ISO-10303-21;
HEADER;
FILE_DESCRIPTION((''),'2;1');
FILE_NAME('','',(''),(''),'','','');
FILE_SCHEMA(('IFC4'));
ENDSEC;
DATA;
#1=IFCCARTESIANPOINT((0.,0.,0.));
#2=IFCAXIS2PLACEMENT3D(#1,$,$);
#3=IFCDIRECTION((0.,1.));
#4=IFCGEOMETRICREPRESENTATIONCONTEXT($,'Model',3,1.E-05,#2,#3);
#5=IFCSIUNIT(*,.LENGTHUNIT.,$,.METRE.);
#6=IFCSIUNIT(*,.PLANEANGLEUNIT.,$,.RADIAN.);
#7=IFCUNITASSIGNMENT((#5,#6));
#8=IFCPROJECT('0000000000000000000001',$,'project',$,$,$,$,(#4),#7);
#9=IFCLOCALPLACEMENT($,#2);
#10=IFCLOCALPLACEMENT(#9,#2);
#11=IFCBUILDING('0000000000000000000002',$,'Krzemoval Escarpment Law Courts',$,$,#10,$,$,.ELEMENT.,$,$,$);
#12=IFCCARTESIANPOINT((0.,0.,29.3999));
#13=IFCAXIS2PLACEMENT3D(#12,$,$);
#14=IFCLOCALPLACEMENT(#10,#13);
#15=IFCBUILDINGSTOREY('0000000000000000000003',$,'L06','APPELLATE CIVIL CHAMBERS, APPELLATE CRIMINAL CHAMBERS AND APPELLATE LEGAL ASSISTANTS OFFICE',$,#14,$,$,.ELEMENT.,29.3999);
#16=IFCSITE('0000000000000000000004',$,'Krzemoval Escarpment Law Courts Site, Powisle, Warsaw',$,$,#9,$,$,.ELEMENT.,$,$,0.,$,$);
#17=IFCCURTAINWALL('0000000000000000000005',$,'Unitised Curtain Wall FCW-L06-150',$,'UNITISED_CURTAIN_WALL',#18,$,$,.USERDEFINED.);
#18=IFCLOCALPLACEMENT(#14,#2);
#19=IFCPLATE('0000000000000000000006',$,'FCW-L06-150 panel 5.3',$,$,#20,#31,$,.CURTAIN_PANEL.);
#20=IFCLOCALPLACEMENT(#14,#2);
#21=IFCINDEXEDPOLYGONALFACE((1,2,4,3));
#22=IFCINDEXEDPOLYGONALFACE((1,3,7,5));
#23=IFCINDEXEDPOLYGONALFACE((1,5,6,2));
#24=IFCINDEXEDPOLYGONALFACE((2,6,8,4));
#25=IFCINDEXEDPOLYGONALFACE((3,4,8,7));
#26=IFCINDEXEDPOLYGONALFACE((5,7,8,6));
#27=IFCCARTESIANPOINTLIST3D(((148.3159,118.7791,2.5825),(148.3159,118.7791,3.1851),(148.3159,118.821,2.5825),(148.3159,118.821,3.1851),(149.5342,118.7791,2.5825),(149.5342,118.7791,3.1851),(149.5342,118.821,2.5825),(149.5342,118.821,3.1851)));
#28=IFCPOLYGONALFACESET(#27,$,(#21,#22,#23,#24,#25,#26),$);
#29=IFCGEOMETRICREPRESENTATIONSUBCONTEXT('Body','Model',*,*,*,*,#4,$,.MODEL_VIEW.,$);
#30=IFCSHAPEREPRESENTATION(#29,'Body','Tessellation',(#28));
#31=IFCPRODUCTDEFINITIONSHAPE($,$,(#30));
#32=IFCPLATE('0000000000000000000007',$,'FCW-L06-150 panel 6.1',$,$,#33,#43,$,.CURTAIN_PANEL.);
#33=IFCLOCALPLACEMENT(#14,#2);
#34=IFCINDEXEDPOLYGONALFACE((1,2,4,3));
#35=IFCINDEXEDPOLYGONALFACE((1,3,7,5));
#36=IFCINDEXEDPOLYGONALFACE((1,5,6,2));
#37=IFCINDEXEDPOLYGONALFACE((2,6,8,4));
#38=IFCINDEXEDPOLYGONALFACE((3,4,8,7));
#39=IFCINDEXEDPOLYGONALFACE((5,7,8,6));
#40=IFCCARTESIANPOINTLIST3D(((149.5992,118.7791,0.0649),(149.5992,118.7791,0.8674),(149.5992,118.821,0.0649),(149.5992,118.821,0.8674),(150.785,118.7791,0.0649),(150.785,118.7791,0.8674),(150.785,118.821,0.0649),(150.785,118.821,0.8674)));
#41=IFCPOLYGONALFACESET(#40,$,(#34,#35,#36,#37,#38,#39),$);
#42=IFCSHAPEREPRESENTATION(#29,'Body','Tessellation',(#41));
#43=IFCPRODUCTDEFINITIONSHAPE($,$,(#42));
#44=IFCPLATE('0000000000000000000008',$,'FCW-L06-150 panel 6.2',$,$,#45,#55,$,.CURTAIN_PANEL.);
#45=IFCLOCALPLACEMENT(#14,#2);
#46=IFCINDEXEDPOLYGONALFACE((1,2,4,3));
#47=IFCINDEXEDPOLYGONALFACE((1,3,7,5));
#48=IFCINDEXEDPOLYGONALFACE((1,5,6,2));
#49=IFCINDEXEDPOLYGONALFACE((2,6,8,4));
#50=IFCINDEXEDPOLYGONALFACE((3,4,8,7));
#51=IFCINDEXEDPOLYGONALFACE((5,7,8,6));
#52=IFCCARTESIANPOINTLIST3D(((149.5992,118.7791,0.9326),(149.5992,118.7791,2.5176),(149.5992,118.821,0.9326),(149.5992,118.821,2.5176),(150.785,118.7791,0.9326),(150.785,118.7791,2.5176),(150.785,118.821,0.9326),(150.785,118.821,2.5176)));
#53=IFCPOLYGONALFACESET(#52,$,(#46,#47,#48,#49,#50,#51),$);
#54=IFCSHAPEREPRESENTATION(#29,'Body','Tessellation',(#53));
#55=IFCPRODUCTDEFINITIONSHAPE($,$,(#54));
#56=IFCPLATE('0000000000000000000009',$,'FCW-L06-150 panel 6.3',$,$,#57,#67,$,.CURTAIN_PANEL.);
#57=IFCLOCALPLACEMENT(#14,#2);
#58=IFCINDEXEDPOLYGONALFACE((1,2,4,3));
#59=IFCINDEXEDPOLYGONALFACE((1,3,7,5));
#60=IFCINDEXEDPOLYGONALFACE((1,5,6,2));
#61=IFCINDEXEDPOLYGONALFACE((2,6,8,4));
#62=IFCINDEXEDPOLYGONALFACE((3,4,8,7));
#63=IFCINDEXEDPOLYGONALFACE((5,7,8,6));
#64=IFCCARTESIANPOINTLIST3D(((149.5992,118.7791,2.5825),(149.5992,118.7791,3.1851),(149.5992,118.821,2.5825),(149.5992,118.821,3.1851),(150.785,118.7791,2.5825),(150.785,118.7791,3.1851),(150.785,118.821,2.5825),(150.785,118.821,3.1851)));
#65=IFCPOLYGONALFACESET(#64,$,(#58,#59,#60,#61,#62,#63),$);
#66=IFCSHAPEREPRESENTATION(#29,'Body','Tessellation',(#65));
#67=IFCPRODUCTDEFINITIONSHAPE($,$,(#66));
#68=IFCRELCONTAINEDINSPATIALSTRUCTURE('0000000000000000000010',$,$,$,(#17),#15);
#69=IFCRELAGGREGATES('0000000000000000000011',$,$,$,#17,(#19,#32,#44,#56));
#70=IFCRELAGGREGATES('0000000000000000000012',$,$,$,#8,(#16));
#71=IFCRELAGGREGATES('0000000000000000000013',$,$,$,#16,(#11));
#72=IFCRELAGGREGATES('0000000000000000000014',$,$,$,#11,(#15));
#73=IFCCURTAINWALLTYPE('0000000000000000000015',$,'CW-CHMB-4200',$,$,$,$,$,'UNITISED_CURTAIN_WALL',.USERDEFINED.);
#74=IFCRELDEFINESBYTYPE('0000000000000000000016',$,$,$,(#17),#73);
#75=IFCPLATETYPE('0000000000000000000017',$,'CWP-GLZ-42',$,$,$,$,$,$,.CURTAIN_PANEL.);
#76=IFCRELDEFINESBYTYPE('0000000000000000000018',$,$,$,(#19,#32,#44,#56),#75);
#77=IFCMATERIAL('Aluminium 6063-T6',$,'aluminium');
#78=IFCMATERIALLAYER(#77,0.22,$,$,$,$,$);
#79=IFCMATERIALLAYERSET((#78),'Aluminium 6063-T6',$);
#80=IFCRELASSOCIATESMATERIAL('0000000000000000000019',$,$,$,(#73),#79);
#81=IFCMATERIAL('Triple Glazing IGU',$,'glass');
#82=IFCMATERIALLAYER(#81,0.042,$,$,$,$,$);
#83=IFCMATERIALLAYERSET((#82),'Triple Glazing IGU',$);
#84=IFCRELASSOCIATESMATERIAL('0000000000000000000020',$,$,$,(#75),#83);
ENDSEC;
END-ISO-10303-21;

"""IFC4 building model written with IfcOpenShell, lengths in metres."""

from ifc_helpers import new_model, si_unit, direction, frame, origin, origin_2d, place, context, subcontext, project, spatial, rectangle, extrude, material, layer, layer_set, type_object, element, aggregate, save


model = new_model("IFC4")

# Units and contexts
model_context = context("Model", 3, precision=1e-05, world=origin(), true_north=direction((0.0, 1.0)))
body_context = subcontext(model_context, "Body", "Model", "MODEL_VIEW")
ifc_project = project(units=[si_unit("LENGTHUNIT", "METRE"), si_unit("PLANEANGLEUNIT", "RADIAN")], contexts=[model_context])

# Site, building, storey
site_placement = place(None, origin())
site = spatial("IfcSite", under=ifc_project, at=site_placement, Name="Krzemoval Escarpment Law Courts Site, Powisle, Warsaw", CompositionType="ELEMENT", RefElevation=0.0)
building_placement = place(site_placement, origin())
building = spatial("IfcBuilding", under=site, at=building_placement, Name="Krzemoval Escarpment Law Courts", CompositionType="ELEMENT")
storey_placement = place(building_placement, frame((0.0, 0.0, 29.3999)))
storey = spatial("IfcBuildingStorey", under=building, at=storey_placement, Name="L06", Description="APPELLATE CIVIL CHAMBERS, APPELLATE CRIMINAL CHAMBERS AND APPELLATE LEGAL ASSISTANTS OFFICE", CompositionType="ELEMENT", Elevation=29.3999)

# Curtain wall, plates
ifc_material_1 = material(Name="Aluminium 6063-T6", Category="aluminium")
ifc_layer_1 = layer(ifc_material_1, 0.22)
ifc_layer_set_1 = layer_set([ifc_layer_1], Name="Aluminium 6063-T6")
curtain_wall_type = type_object("IfcCurtainWallType", Name="CW-CHMB-4200", ElementType="UNITISED_CURTAIN_WALL", PredefinedType="USERDEFINED", material=ifc_layer_set_1)
curtain_wall_placement = place(storey_placement, origin())
curtain_wall = element("IfcCurtainWall", 1, at=curtain_wall_placement, inside=storey, type_object=curtain_wall_type, Name="Unitised Curtain Wall FCW-L06-150", ObjectType="UNITISED_CURTAIN_WALL", PredefinedType="USERDEFINED")
ifc_material_2 = material(Name="Triple Glazing IGU", Category="glass")
ifc_layer_2 = layer(ifc_material_2, 0.042)
ifc_layer_set_2 = layer_set([ifc_layer_2], Name="Triple Glazing IGU")
plate_type = type_object("IfcPlateType", Name="CWP-GLZ-42", PredefinedType="CURTAIN_PANEL", material=ifc_layer_set_2)
plate_1_placement = place(storey_placement, frame((148.925, 118.8, 2.5825), z_axis=(0.0, 0.0, 1.0), x_axis=(1.0, 0.0, 0.0)))
plate_1 = element("IfcPlate", 2, at=plate_1_placement, type_object=plate_type, Name="FCW-L06-150 panel 5.3", PredefinedType="CURTAIN_PANEL", context=body_context, shape_type="SweptSolid", body=[
    extrude(rectangle(XDim=1.2183, YDim=0.042, at=origin_2d()), origin(), (0.0, 0.0, 1.0), 0.6025),
])
plate_2_placement = place(storey_placement, frame((150.1921, 118.8, 0.0649), z_axis=(0.0, 0.0, 1.0), x_axis=(1.0, 0.0, 0.0)))
plate_2 = element("IfcPlate", 3, at=plate_2_placement, type_object=plate_type, Name="FCW-L06-150 panel 6.1", PredefinedType="CURTAIN_PANEL", context=body_context, shape_type="SweptSolid", body=[
    extrude(rectangle(XDim=1.1858, YDim=0.042, at=origin_2d()), origin(), (0.0, 0.0, 1.0), 0.8025),
])
plate_3_placement = place(storey_placement, frame((150.1921, 118.8, 0.9326), z_axis=(0.0, 0.0, 1.0), x_axis=(1.0, 0.0, 0.0)))
plate_3 = element("IfcPlate", 4, at=plate_3_placement, type_object=plate_type, Name="FCW-L06-150 panel 6.2", PredefinedType="CURTAIN_PANEL", context=body_context, shape_type="SweptSolid", body=[
    extrude(rectangle(XDim=1.1858, YDim=0.042, at=origin_2d()), origin(), (0.0, 0.0, 1.0), 1.585),
])
plate_4_placement = place(storey_placement, frame((150.1921, 118.8, 2.5825), z_axis=(0.0, 0.0, 1.0), x_axis=(1.0, 0.0, 0.0)))
plate_4 = element("IfcPlate", 5, at=plate_4_placement, type_object=plate_type, Name="FCW-L06-150 panel 6.3", PredefinedType="CURTAIN_PANEL", context=body_context, shape_type="SweptSolid", body=[
    extrude(rectangle(XDim=1.1858, YDim=0.042, at=origin_2d()), origin(), (0.0, 0.0, 1.0), 0.6025),
])
aggregate(curtain_wall, [plate_1, plate_2, plate_3, plate_4])

save(model, "model.ifc")
